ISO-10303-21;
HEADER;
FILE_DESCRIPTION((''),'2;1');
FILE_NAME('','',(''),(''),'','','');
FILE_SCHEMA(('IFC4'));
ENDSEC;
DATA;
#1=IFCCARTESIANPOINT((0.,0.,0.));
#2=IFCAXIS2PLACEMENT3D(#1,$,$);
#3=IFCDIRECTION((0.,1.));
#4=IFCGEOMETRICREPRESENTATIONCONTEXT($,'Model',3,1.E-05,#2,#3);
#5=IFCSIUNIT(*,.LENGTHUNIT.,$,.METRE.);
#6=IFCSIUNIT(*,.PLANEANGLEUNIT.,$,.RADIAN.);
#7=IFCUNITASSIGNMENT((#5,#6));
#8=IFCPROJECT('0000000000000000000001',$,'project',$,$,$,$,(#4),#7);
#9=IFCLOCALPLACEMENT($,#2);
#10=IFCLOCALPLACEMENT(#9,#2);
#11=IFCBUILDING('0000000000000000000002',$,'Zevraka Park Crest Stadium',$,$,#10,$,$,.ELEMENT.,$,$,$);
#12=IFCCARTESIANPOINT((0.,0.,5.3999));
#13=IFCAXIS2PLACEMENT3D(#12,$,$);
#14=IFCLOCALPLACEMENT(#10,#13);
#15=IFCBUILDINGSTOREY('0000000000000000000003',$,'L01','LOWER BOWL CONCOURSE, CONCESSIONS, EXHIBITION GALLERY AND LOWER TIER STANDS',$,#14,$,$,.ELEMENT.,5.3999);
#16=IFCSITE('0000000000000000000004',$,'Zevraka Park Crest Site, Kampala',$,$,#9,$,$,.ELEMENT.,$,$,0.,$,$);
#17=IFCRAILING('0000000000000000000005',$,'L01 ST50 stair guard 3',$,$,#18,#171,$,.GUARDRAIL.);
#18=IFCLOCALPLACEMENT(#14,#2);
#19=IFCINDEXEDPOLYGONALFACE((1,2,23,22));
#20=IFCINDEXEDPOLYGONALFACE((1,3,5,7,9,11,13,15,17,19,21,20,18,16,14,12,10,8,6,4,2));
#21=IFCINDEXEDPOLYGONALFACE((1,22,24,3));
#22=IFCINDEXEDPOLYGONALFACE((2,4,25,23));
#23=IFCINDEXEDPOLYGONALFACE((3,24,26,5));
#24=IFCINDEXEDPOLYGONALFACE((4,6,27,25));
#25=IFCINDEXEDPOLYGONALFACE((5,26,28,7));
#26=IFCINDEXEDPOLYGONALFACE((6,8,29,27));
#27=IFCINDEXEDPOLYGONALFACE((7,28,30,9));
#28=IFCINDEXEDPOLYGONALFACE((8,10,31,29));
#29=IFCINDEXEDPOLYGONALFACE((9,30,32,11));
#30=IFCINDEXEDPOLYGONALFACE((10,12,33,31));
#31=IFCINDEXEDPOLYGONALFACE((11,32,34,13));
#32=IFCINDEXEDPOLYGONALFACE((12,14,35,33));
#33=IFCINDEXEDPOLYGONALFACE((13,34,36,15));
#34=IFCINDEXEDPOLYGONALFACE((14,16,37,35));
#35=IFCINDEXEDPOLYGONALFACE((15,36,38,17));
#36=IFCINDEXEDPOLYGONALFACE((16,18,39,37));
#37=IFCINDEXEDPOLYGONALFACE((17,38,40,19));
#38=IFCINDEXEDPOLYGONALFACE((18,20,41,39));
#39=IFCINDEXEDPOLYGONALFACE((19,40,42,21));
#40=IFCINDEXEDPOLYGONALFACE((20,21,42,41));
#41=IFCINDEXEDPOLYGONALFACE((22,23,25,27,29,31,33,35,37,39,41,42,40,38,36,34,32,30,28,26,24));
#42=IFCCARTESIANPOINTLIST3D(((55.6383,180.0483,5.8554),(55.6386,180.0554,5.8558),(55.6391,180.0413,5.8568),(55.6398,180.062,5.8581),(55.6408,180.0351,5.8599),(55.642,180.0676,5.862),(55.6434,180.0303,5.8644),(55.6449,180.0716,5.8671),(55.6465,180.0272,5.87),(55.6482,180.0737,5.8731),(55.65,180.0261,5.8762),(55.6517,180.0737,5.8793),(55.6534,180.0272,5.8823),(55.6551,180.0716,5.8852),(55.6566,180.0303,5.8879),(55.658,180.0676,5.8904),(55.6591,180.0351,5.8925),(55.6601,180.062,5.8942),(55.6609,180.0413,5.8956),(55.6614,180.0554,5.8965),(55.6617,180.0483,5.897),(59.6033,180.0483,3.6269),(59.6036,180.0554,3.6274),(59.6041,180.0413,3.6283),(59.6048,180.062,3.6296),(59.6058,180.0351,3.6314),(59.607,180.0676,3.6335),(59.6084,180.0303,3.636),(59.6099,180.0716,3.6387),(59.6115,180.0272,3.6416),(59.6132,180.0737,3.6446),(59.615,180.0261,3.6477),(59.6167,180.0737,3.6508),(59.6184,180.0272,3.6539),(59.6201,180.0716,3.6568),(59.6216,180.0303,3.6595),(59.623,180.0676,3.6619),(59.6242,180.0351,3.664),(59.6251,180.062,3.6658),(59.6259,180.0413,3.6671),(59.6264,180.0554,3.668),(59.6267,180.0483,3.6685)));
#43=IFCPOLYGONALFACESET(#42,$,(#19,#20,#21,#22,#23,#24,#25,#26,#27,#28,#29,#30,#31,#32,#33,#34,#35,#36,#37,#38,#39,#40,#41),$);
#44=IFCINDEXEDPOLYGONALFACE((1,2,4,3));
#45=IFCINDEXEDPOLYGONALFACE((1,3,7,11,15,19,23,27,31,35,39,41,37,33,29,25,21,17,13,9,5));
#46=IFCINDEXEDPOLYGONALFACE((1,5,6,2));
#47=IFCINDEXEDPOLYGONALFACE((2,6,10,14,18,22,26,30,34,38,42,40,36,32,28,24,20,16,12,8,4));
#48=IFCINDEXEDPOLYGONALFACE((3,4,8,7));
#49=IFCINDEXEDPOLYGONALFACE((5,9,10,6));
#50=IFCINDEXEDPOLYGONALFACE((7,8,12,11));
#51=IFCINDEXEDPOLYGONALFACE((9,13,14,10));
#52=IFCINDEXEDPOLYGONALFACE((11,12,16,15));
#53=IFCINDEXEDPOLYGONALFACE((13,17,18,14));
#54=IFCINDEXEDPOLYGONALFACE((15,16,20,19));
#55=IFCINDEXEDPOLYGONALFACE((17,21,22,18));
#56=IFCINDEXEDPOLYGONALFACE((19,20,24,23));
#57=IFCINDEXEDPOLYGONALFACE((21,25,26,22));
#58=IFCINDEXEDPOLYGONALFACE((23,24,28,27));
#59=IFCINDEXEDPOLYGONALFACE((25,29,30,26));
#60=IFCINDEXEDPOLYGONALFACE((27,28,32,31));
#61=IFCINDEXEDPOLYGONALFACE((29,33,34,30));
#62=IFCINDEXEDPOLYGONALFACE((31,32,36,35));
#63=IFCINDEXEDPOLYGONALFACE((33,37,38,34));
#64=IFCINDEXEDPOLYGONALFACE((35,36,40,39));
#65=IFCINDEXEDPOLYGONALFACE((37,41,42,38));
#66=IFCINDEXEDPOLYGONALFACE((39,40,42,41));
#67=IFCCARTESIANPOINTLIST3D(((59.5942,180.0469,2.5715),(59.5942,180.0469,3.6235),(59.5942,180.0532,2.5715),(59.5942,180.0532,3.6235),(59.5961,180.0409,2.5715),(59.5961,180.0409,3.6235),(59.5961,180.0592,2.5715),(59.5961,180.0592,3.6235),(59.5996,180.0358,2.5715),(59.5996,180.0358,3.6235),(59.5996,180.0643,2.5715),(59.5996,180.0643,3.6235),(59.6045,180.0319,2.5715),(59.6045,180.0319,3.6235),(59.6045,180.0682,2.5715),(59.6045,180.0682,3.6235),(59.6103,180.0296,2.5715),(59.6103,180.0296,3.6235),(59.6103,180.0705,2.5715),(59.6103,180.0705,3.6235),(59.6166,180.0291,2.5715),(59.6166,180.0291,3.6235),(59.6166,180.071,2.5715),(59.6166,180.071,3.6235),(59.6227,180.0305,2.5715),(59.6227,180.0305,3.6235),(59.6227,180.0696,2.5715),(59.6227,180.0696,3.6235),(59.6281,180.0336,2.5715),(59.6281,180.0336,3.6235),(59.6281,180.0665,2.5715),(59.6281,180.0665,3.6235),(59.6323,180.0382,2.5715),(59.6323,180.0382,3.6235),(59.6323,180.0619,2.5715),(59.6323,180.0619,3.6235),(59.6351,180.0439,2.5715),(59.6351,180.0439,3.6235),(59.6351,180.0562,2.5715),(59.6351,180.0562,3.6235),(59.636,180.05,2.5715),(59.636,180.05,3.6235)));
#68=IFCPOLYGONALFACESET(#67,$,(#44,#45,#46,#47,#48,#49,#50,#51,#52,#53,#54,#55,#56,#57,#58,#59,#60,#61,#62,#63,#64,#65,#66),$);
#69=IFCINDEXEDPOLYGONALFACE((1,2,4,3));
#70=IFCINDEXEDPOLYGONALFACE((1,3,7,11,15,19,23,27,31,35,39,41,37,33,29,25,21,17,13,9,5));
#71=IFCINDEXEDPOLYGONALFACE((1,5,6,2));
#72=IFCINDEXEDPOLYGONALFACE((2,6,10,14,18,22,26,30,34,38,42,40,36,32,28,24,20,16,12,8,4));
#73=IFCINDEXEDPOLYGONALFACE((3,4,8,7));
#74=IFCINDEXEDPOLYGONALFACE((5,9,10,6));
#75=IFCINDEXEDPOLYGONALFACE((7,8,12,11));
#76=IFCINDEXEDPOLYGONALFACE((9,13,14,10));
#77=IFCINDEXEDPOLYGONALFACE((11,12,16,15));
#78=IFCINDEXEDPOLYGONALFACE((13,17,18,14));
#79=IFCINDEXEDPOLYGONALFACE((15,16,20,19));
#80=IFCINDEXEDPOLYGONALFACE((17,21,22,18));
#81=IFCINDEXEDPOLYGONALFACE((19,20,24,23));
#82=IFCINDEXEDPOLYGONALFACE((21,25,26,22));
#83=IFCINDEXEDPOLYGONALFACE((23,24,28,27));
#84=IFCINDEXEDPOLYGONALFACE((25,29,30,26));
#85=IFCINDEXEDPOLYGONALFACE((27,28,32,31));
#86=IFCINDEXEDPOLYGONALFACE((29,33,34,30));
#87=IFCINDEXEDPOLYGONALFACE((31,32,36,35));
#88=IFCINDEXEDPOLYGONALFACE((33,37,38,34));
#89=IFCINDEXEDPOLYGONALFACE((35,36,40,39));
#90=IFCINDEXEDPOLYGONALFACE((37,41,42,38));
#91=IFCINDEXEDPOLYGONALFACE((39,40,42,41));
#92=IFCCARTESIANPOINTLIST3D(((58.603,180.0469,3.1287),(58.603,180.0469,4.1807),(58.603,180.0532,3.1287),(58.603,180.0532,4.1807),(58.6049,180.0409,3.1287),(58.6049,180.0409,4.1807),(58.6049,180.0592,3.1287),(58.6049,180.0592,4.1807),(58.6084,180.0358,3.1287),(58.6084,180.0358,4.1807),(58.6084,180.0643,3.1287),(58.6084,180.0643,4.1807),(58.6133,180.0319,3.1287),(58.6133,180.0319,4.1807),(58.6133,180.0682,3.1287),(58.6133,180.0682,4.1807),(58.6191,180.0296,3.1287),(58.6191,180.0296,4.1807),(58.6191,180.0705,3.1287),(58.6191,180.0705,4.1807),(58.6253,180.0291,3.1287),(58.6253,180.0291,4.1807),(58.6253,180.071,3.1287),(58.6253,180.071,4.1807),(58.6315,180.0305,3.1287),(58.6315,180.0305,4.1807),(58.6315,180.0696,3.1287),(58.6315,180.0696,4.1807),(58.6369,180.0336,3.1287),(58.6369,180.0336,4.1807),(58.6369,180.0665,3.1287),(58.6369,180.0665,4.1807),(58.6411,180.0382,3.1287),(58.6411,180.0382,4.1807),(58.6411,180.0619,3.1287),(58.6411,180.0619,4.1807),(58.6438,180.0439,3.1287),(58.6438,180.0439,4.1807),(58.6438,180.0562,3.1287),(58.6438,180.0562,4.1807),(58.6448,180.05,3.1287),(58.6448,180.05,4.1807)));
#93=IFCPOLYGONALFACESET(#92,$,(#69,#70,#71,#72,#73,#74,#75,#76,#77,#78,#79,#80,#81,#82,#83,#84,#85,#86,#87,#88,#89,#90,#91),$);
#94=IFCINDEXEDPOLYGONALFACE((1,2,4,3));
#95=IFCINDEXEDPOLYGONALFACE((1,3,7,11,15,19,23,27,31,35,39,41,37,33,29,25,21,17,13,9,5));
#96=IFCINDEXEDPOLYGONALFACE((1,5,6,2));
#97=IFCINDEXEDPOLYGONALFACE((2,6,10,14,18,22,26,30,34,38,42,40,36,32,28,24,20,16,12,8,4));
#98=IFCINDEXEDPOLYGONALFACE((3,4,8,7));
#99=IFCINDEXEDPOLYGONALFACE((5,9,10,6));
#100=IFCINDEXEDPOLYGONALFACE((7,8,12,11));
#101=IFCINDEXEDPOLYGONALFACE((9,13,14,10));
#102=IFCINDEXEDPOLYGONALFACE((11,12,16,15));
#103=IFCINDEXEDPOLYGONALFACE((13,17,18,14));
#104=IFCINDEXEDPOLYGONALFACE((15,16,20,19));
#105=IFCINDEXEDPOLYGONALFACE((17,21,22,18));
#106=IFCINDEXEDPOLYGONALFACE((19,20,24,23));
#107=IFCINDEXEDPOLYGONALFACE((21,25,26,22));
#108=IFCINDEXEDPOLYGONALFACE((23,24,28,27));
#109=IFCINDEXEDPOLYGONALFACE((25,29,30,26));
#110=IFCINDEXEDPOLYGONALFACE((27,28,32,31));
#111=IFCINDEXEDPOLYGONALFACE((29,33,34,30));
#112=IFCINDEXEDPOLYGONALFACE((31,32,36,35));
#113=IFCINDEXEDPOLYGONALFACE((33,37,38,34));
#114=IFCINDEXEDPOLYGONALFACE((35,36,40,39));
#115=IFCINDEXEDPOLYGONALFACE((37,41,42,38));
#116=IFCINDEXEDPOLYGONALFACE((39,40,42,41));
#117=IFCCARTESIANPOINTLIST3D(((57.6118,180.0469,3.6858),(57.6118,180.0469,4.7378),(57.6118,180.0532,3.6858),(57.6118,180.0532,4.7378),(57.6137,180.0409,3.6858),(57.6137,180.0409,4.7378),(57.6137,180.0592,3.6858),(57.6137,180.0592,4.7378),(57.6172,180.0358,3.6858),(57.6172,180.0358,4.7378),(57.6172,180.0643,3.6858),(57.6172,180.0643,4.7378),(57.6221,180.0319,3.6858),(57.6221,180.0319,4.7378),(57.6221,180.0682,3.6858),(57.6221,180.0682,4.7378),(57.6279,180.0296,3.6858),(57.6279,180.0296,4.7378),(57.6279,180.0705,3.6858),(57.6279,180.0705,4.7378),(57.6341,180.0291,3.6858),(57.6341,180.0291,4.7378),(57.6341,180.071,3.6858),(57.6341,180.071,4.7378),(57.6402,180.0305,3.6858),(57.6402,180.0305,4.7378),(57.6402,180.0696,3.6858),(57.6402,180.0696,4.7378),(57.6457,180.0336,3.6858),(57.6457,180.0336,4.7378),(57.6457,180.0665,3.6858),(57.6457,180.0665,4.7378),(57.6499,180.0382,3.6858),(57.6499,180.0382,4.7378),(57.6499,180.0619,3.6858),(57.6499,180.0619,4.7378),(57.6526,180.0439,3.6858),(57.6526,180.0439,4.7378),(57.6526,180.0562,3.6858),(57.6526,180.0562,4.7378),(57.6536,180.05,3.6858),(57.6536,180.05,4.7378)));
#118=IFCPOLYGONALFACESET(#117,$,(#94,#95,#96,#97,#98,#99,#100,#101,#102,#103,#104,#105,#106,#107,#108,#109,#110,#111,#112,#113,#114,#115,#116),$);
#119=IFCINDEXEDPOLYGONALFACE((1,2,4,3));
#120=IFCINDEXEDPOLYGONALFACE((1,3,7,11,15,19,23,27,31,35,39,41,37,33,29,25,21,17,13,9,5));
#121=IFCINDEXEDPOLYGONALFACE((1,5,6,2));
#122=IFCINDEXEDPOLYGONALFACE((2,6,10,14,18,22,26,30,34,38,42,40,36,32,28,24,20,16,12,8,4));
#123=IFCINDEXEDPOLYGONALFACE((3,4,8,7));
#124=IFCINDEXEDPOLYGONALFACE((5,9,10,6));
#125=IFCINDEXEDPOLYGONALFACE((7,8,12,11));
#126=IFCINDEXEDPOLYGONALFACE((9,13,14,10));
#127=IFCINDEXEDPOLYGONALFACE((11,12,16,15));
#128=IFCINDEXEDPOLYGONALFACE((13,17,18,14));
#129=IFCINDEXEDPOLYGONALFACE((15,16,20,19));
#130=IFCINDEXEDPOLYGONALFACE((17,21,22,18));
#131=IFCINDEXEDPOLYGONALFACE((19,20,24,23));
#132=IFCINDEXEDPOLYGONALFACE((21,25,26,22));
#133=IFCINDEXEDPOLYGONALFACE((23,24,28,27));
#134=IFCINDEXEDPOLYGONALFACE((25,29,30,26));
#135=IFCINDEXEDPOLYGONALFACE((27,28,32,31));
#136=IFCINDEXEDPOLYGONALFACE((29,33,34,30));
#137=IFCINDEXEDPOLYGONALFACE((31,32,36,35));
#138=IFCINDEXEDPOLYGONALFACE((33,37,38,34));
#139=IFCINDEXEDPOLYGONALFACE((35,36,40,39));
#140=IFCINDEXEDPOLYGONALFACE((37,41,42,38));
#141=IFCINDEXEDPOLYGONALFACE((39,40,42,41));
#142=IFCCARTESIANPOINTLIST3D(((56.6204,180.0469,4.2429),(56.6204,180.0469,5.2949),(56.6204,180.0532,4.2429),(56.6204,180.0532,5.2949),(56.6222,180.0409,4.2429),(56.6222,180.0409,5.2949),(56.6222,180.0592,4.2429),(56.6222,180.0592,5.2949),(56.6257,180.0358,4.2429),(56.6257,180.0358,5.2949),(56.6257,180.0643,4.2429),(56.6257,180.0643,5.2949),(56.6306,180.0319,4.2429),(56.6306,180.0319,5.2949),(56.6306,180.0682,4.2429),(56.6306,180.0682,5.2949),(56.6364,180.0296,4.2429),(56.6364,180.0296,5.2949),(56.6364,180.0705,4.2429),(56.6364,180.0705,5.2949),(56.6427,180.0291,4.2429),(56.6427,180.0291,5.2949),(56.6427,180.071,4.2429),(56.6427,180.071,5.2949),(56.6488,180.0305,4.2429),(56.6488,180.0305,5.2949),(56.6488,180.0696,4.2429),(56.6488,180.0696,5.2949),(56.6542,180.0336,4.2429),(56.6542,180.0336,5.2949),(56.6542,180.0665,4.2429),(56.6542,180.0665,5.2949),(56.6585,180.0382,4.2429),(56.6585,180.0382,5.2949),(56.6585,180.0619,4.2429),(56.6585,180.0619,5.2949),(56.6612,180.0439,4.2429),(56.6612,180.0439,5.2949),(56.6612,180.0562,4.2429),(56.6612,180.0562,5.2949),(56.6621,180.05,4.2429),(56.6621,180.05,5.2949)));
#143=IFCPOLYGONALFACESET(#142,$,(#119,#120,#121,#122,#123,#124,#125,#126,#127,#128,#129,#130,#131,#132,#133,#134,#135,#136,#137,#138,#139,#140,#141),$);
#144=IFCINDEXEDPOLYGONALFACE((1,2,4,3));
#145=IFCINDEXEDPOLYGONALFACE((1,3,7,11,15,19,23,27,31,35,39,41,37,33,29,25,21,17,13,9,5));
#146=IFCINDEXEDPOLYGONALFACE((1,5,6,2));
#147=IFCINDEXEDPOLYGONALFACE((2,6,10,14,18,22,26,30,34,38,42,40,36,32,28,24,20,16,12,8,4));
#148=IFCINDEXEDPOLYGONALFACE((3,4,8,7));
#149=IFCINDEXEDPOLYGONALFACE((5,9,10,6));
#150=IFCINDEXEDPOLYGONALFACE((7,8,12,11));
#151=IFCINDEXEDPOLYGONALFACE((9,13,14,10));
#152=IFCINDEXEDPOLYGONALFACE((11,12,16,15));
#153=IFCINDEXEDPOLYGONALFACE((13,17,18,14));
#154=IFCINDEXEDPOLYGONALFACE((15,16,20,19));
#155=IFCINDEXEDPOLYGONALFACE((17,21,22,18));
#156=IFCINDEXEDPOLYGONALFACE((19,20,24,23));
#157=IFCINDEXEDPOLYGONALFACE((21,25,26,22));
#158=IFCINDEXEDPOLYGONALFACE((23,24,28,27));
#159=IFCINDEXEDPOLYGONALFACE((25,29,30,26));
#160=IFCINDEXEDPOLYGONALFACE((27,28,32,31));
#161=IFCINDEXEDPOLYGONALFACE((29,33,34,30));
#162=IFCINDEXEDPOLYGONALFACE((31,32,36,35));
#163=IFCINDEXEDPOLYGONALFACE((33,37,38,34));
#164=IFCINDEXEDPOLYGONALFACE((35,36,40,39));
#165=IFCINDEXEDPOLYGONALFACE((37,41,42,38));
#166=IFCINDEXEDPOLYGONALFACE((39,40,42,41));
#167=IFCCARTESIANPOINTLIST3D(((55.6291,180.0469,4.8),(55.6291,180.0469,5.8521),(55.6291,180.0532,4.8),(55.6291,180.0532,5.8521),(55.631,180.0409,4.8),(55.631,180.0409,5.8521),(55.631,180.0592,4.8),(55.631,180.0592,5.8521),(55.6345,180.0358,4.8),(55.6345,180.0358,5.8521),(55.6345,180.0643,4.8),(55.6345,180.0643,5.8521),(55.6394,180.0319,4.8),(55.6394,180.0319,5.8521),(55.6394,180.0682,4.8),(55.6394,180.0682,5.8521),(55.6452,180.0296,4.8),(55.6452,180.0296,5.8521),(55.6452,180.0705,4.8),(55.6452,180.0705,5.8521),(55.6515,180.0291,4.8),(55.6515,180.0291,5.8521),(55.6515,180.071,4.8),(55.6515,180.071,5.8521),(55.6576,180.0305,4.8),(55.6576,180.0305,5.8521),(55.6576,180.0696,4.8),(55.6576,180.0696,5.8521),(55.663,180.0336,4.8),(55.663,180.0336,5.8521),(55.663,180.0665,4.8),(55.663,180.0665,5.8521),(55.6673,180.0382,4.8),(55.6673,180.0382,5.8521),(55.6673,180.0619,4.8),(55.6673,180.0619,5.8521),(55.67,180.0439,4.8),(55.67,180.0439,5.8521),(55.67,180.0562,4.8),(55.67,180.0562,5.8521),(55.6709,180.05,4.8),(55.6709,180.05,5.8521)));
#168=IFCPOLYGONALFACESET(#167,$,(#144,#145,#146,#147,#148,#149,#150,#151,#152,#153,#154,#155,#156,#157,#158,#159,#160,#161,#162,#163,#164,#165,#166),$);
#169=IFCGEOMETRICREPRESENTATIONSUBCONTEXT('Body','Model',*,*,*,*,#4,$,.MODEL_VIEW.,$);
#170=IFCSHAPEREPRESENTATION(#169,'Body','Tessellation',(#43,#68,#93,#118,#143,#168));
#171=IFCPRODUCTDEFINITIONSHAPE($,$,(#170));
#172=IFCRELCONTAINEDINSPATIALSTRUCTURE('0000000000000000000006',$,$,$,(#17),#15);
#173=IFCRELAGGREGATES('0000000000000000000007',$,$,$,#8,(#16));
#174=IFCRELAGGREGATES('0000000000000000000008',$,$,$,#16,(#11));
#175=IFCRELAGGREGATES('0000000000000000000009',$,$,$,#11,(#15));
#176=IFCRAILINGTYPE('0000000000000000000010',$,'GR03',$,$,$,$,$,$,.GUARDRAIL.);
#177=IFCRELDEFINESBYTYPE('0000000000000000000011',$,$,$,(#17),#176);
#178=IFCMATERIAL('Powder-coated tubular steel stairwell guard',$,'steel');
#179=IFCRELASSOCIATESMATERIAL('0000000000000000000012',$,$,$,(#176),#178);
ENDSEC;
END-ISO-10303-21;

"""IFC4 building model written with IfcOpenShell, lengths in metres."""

from ifc_helpers import new_model, si_unit, direction, frame, origin, origin_2d, place, context, subcontext, project, spatial, circle, extrude, material, type_object, element, save


model = new_model("IFC4")

# Units and contexts
model_context = context("Model", 3, precision=1e-05, world=origin(), true_north=direction((0.0, 1.0)))
body_context = subcontext(model_context, "Body", "Model", "MODEL_VIEW")
ifc_project = project(units=[si_unit("LENGTHUNIT", "METRE"), si_unit("PLANEANGLEUNIT", "RADIAN")], contexts=[model_context])

# Site, building, storey
site_placement = place(None, origin())
site = spatial("IfcSite", under=ifc_project, at=site_placement, Name="Zevraka Park Crest Site, Kampala", CompositionType="ELEMENT", RefElevation=0.0)
building_placement = place(site_placement, origin())
building = spatial("IfcBuilding", under=site, at=building_placement, Name="Zevraka Park Crest Stadium", CompositionType="ELEMENT")
storey_placement = place(building_placement, frame((0.0, 0.0, 5.3999)))
storey = spatial("IfcBuildingStorey", under=building, at=storey_placement, Name="L01", Description="LOWER BOWL CONCOURSE, CONCESSIONS, EXHIBITION GALLERY AND LOWER TIER STANDS", CompositionType="ELEMENT", Elevation=5.3999)

# Railing
ifc_material_1 = material(Name="Powder-coated tubular steel stairwell guard", Category="steel")
railing_type_1 = type_object("IfcRailingType", Name="GR03", PredefinedType="GUARDRAIL", material=ifc_material_1)
railing_1_placement = place(storey_placement, frame((59.615, 180.05, 2.5715)))
element("IfcRailing", 1, at=railing_1_placement, inside=storey, type_object=railing_type_1, Name="L01 ST50 stair guard 3", PredefinedType="GUARDRAIL", context=body_context, shape_type="SweptSolid", body=[
    extrude(circle(Radius=0.0239, at=origin_2d()), frame((0.0, 0.0, 1.0762), z_axis=(-0.871749, 0.0, 0.489953), x_axis=(0.0, -1.0, 0.0)), (0.0, 0.0, 1.0), 4.5483),
    extrude(circle(Radius=0.021, at=origin_2d()), origin(), (0.0, 0.0, 1.0), 1.052),
    extrude(circle(Radius=0.021, at=origin_2d()), frame((-0.9912, 0.0, 0.5571)), (0.0, 0.0, 1.0), 1.052),
    extrude(circle(Radius=0.021, at=origin_2d()), frame((-1.9824, 0.0, 1.1143)), (0.0, 0.0, 1.0), 1.052),
    extrude(circle(Radius=0.021, at=origin_2d()), frame((-2.9739, 0.0, 1.6714)), (0.0, 0.0, 1.0), 1.052),
    extrude(circle(Radius=0.021, at=origin_2d()), frame((-3.9651, 0.0, 2.2285)), (0.0, 0.0, 1.0), 1.052),
])

save(model, "model.ifc")
